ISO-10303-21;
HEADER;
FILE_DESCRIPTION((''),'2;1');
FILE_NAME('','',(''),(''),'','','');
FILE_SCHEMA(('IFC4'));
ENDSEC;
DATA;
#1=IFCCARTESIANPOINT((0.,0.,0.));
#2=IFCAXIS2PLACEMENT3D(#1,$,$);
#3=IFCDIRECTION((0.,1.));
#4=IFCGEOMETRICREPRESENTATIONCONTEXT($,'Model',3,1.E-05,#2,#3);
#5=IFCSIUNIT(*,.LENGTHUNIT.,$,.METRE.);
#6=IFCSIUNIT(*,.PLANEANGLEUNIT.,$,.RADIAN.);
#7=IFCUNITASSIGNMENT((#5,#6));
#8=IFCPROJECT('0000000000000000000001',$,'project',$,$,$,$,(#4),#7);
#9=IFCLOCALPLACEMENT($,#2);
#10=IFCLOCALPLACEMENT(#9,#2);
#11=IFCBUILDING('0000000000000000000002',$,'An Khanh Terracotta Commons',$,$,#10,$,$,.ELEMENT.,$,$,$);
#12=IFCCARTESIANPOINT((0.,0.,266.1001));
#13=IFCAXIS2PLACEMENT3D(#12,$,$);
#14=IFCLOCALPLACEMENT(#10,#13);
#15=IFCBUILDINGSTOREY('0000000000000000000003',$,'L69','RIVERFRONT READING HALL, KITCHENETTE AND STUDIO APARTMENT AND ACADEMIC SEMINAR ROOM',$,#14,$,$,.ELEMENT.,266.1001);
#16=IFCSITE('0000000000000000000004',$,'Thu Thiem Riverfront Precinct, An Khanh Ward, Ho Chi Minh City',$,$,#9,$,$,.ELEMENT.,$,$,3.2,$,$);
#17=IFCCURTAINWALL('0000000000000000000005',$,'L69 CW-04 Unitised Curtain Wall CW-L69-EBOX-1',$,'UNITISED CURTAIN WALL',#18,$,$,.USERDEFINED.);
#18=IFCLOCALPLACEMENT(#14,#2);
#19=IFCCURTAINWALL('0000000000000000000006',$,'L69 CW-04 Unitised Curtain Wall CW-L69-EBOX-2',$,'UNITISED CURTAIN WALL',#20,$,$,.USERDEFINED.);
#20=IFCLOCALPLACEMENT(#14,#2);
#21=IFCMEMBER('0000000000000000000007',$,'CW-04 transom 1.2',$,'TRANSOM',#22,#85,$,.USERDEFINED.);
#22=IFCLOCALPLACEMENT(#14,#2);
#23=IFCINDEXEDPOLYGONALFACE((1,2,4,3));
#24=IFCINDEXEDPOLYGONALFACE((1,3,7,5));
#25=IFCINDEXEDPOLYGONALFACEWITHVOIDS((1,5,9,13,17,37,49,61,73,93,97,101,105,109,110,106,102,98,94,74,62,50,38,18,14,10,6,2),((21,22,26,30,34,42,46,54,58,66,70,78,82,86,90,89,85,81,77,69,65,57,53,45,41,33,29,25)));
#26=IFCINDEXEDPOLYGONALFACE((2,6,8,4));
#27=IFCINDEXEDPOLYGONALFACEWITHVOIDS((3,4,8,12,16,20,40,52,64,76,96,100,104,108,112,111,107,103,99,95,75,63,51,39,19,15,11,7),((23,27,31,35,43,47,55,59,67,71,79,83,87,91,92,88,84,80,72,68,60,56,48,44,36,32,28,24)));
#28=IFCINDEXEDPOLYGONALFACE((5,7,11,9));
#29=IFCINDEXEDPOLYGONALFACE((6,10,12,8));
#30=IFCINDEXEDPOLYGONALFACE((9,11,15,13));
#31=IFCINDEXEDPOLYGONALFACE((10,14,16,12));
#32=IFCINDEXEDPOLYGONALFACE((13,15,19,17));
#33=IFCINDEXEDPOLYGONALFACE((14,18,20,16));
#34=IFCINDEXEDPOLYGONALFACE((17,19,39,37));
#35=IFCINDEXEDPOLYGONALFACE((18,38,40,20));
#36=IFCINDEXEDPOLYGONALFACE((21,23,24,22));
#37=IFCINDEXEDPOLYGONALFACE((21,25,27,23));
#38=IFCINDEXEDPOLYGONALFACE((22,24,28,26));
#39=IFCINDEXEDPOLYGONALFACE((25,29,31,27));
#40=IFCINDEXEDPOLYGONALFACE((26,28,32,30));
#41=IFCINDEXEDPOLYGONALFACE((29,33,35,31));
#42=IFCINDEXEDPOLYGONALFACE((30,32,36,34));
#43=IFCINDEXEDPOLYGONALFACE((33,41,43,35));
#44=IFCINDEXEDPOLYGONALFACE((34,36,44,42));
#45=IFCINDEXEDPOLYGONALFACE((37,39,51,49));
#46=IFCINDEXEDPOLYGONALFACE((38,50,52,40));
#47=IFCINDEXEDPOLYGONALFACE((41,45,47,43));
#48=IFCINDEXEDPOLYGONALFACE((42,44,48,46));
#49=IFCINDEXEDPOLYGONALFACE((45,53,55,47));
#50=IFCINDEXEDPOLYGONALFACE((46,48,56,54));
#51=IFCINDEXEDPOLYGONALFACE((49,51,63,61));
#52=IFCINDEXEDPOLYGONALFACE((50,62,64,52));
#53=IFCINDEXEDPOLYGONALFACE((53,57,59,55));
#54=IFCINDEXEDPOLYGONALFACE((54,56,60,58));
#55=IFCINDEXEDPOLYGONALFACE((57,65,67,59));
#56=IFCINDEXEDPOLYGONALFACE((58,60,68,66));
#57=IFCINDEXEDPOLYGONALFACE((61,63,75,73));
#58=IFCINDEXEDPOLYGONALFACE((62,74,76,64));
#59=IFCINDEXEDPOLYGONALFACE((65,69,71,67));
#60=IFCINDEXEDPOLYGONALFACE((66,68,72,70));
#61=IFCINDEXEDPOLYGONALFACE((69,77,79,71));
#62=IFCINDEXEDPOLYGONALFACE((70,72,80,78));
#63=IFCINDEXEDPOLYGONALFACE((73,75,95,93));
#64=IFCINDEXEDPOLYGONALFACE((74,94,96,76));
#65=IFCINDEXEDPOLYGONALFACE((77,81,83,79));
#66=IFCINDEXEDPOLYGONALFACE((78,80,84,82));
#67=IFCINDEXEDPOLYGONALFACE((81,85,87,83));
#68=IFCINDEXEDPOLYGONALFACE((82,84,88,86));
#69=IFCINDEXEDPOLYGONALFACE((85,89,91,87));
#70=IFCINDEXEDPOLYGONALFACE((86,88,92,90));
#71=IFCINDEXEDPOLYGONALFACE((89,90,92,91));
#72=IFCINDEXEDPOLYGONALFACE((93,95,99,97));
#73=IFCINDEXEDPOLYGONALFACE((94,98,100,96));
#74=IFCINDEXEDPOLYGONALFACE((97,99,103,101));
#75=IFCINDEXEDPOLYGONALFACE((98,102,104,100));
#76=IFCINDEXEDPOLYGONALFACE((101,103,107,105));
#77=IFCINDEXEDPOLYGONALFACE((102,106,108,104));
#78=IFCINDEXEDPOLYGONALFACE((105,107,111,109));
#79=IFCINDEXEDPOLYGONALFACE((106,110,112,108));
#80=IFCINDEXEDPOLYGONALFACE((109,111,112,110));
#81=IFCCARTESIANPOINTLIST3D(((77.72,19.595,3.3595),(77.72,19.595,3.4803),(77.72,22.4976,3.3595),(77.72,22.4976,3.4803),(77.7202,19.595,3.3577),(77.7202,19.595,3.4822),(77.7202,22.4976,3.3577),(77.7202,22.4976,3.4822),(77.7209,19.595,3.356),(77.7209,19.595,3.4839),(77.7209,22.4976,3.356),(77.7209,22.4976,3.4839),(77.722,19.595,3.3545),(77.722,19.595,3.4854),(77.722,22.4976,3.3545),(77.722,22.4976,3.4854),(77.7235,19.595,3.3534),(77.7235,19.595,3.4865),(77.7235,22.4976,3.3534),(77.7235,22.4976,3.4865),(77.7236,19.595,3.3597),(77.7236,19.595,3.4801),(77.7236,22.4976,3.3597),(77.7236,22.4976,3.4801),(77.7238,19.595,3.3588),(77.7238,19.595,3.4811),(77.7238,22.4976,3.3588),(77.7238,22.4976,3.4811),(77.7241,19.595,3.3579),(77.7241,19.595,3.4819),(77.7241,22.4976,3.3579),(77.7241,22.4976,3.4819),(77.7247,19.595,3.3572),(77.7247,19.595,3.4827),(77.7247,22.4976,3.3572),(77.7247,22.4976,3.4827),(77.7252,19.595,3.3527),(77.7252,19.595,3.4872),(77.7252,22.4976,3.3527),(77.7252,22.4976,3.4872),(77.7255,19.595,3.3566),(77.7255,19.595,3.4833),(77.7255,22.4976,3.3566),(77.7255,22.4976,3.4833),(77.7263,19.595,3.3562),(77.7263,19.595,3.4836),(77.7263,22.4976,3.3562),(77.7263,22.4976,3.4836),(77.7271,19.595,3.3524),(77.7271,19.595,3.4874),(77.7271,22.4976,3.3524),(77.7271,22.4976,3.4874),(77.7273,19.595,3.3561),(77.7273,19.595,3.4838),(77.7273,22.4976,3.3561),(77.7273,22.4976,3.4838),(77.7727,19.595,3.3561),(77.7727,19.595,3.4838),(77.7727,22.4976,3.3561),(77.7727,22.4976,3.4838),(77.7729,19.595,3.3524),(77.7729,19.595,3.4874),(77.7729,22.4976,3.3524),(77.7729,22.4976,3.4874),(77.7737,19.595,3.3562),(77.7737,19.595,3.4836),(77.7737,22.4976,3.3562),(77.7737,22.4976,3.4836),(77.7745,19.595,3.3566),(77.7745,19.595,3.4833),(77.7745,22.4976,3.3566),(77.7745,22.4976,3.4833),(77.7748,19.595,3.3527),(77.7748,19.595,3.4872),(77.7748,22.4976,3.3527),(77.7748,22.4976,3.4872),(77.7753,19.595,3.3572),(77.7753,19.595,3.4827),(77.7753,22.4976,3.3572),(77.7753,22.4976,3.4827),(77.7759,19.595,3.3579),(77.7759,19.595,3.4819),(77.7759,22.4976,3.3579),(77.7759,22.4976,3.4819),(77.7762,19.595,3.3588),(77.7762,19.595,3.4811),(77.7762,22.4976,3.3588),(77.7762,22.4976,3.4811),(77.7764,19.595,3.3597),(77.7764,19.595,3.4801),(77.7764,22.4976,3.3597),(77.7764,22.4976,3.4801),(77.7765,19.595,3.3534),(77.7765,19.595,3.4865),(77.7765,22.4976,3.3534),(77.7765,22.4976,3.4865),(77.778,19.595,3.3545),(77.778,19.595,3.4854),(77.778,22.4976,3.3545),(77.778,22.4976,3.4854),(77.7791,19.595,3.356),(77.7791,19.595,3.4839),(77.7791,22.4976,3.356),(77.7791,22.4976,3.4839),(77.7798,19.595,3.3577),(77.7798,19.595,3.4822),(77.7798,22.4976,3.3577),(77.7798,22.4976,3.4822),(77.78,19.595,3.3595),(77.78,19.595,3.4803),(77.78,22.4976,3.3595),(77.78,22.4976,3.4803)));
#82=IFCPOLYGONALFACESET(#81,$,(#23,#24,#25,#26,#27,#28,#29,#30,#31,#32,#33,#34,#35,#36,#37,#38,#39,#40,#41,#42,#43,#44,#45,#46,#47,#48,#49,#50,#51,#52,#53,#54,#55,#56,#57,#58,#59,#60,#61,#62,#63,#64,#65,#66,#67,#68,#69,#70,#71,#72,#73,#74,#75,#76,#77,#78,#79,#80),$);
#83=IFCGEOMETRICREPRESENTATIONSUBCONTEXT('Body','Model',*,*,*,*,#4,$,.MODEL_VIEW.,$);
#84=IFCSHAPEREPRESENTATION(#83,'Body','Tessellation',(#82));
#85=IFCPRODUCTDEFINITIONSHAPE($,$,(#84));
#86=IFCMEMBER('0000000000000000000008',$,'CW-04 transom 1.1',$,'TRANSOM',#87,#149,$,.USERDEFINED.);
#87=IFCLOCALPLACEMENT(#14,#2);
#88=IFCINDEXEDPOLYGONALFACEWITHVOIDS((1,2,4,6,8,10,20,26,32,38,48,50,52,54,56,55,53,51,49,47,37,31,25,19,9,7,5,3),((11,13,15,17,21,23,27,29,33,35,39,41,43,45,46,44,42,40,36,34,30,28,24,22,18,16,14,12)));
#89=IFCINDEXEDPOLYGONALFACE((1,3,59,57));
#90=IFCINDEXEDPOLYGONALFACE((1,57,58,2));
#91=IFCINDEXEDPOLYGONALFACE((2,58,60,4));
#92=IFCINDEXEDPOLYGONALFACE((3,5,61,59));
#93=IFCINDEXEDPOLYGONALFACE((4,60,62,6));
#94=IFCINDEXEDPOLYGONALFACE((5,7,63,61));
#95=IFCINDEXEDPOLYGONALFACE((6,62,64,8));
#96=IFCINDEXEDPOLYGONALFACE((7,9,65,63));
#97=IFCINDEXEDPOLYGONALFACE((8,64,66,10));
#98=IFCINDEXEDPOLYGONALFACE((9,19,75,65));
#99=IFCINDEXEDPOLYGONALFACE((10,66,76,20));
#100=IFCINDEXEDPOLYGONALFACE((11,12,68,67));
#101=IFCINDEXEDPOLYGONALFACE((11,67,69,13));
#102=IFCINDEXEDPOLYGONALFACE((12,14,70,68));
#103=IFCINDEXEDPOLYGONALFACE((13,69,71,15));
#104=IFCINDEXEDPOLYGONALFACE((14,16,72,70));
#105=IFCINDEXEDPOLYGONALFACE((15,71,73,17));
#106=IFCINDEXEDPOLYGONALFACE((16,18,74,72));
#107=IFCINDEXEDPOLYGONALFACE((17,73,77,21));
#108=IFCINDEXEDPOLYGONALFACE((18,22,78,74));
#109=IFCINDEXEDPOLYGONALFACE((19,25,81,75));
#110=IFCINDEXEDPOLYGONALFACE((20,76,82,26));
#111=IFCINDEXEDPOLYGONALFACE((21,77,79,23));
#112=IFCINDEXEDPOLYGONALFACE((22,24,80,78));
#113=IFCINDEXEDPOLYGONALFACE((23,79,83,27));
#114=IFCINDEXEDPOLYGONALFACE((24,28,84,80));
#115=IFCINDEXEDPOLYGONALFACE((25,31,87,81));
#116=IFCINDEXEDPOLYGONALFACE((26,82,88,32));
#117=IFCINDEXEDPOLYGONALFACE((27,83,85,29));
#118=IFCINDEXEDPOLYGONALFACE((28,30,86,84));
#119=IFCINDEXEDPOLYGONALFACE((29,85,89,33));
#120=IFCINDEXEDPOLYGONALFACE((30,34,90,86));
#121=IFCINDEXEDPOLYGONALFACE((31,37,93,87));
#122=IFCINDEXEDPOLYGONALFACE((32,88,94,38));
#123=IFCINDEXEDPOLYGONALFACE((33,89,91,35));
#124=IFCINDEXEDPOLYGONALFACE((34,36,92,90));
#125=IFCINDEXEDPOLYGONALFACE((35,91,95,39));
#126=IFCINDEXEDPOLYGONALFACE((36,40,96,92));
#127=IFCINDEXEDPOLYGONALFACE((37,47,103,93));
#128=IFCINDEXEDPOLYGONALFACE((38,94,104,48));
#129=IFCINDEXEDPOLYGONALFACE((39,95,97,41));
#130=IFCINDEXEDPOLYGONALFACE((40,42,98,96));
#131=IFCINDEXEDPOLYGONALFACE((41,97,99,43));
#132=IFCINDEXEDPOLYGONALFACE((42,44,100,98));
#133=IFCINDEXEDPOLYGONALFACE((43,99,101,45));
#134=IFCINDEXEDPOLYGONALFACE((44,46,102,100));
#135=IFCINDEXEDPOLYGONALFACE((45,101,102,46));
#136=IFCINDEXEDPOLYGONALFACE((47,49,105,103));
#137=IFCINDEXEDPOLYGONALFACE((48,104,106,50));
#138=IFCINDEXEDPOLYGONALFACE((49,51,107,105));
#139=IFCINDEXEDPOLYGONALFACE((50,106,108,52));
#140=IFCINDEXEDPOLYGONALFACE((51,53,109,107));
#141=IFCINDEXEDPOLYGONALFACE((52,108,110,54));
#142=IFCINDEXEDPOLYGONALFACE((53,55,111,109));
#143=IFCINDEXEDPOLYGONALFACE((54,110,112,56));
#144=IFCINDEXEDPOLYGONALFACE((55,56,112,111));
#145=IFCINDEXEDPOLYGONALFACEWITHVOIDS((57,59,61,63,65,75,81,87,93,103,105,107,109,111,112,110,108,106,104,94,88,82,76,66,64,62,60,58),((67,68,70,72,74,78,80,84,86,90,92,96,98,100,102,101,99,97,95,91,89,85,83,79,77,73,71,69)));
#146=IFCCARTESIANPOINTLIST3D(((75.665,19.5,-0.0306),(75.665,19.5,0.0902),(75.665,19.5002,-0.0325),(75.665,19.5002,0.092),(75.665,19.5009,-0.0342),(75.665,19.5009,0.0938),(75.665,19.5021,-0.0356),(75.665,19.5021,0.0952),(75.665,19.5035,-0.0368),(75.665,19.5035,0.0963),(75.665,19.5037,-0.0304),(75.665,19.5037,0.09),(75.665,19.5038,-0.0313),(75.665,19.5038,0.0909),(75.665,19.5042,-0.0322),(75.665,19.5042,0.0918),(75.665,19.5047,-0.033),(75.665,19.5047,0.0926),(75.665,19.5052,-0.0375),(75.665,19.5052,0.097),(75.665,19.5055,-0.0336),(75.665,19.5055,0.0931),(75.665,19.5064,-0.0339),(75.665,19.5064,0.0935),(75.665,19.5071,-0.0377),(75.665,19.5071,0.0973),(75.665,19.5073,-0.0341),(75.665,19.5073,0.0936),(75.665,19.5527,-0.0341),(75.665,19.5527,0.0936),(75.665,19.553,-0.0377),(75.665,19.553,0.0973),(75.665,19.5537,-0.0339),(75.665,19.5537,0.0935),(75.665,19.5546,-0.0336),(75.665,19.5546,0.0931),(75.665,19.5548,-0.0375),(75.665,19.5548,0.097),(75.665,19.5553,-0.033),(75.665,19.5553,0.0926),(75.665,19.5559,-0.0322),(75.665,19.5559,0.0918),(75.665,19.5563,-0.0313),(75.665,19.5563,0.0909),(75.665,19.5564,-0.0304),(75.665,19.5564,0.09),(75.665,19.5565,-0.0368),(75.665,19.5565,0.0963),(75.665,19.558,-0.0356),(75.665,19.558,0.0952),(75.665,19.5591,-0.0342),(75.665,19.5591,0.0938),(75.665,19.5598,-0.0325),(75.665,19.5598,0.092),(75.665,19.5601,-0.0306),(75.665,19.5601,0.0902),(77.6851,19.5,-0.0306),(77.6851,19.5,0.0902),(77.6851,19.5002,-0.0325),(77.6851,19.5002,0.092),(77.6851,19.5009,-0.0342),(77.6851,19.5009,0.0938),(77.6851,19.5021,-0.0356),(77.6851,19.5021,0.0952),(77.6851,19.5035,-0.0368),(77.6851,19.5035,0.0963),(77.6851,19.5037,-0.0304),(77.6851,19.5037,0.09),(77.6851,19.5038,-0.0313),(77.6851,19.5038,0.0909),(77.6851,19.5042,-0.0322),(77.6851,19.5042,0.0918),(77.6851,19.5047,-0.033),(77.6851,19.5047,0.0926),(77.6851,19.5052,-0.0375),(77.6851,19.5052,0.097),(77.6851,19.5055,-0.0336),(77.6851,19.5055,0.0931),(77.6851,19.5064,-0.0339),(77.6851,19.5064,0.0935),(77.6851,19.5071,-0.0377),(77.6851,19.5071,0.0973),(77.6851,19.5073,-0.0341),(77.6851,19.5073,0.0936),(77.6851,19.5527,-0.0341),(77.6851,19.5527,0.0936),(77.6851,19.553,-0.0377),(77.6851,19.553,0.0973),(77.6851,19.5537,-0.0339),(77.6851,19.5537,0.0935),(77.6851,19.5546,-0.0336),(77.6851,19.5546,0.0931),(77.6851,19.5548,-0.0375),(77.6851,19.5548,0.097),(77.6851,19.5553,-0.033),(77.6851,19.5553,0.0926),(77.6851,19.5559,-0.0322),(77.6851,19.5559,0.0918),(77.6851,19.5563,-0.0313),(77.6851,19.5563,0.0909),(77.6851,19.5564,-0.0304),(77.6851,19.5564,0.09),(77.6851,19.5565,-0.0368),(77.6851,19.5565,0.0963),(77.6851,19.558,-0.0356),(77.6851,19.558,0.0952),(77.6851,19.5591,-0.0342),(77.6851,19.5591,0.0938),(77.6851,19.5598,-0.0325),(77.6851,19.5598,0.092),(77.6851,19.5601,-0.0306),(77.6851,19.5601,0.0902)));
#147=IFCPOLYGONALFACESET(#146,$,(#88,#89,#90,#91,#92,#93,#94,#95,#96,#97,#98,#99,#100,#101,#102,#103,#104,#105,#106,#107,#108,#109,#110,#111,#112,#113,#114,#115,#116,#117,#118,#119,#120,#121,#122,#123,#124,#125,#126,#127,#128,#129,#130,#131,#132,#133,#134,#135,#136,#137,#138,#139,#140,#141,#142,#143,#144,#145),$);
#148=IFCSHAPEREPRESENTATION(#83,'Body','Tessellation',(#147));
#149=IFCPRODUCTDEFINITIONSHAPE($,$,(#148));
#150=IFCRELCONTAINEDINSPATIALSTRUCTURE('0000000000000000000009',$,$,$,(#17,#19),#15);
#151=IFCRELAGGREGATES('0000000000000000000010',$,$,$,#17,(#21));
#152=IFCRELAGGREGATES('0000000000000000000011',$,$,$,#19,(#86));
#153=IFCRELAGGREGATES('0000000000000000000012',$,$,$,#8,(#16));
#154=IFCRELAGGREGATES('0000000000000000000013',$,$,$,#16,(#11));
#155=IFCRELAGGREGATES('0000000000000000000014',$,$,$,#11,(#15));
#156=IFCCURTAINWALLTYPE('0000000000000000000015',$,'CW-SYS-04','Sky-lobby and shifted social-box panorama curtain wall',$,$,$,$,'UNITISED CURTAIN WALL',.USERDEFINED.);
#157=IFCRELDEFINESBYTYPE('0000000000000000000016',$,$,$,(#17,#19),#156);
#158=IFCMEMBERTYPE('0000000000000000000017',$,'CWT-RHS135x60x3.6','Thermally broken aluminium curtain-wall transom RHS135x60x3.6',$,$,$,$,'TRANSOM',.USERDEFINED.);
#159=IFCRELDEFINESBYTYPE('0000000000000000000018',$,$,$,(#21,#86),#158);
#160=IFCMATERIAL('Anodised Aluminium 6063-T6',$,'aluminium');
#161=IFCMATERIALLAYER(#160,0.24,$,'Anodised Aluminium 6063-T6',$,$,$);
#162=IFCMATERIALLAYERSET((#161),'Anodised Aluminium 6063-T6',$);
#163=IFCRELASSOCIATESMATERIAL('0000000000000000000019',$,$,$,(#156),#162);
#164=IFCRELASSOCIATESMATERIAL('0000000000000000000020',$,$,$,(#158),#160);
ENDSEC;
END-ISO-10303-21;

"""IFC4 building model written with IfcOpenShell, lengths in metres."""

from ifc_helpers import new_model, si_unit, direction, frame, origin, origin_2d, place, context, subcontext, project, spatial, hollow_rectangle, extrude, material, layer, layer_set, material_profile, profile_set, type_object, element, aggregate, save


model = new_model("IFC4")

# Units and contexts
model_context = context("Model", 3, precision=1e-05, world=origin(), true_north=direction((0.0, 1.0)))
body_context = subcontext(model_context, "Body", "Model", "MODEL_VIEW")
ifc_project = project(units=[si_unit("LENGTHUNIT", "METRE"), si_unit("PLANEANGLEUNIT", "RADIAN")], contexts=[model_context])

# Site, building, storey
site_placement = place(None, origin())
site = spatial("IfcSite", under=ifc_project, at=site_placement, Name="Thu Thiem Riverfront Precinct, An Khanh Ward, Ho Chi Minh City", CompositionType="ELEMENT", RefElevation=3.2)
building_placement = place(site_placement, origin())
building = spatial("IfcBuilding", under=site, at=building_placement, Name="An Khanh Terracotta Commons", CompositionType="ELEMENT")
storey_placement = place(building_placement, frame((0.0, 0.0, 266.1001)))
storey = spatial("IfcBuildingStorey", under=building, at=storey_placement, Name="L69", Description="RIVERFRONT READING HALL, KITCHENETTE AND STUDIO APARTMENT AND ACADEMIC SEMINAR ROOM", CompositionType="ELEMENT", Elevation=266.1001)

# Curtain walls
ifc_material_1 = material(Name="Anodised Aluminium 6063-T6", Category="aluminium")
ifc_layer_1 = layer(ifc_material_1, 0.24, Name="Anodised Aluminium 6063-T6")
ifc_layer_set_1 = layer_set([ifc_layer_1], Name="Anodised Aluminium 6063-T6")
curtain_wall_type_1 = type_object("IfcCurtainWallType", Name="CW-SYS-04", Description="Sky-lobby and shifted social-box panorama curtain wall", ElementType="UNITISED CURTAIN WALL", PredefinedType="USERDEFINED", material=ifc_layer_set_1)
curtain_wall_1_placement = place(storey_placement, origin())
curtain_wall_1 = element("IfcCurtainWall", 1, at=curtain_wall_1_placement, inside=storey, type_object=curtain_wall_type_1, Name="L69 CW-04 Unitised Curtain Wall CW-L69-EBOX-1", ObjectType="UNITISED CURTAIN WALL", PredefinedType="USERDEFINED")
curtain_wall_2_placement = place(storey_placement, origin())
curtain_wall_2 = element("IfcCurtainWall", 2, at=curtain_wall_2_placement, inside=storey, type_object=curtain_wall_type_1, Name="L69 CW-04 Unitised Curtain Wall CW-L69-EBOX-2", ObjectType="UNITISED CURTAIN WALL", PredefinedType="USERDEFINED")

# Members
ifc_material_profile_1 = material_profile(ifc_material_1, hollow_rectangle(XDim=0.0601, YDim=0.135, WallThickness=0.0037, InnerFilletRadius=0.0037, OuterFilletRadius=0.0071, at=origin_2d()), Name="RHS135x60x3.6")
ifc_profile_set_1 = profile_set([ifc_material_profile_1], Name="Anodised Aluminium 6063-T6")
member_type_1 = type_object("IfcMemberType", Name="CWT-RHS135x60x3.6", Description="Thermally broken aluminium curtain-wall transom RHS135x60x3.6", ElementType="TRANSOM", PredefinedType="USERDEFINED", material=ifc_profile_set_1)
member_1_placement = place(storey_placement, frame((77.75, 19.595, 3.4199), z_axis=(0.0, 1.0, 0.0), x_axis=(-1.0, 0.0, 0.0)))
member_1 = element("IfcMember", 3, at=member_1_placement, type_object=member_type_1, Name="CW-04 transom 1.2", ObjectType="TRANSOM", PredefinedType="USERDEFINED", context=body_context, shape_type="SweptSolid", body=[
    extrude(hollow_rectangle(XDim=0.0601, YDim=0.135, WallThickness=0.0037, InnerFilletRadius=0.0037, OuterFilletRadius=0.0071, at=origin_2d()), origin(), (0.0, 0.0, 1.0), 2.9026),
])
member_2_placement = place(storey_placement, frame((75.665, 19.53, 0.0298), z_axis=(1.0, 0.0, 0.0), x_axis=(0.0, 1.0, 0.0)))
member_2 = element("IfcMember", 4, at=member_2_placement, type_object=member_type_1, Name="CW-04 transom 1.1", ObjectType="TRANSOM", PredefinedType="USERDEFINED", context=body_context, shape_type="SweptSolid", body=[
    extrude(hollow_rectangle(XDim=0.0601, YDim=0.135, WallThickness=0.0037, InnerFilletRadius=0.0037, OuterFilletRadius=0.0071, at=origin_2d()), origin(), (0.0, 0.0, 1.0), 2.02),
])

aggregate(curtain_wall_1, [member_1])
aggregate(curtain_wall_2, [member_2])

save(model, "model.ifc")
